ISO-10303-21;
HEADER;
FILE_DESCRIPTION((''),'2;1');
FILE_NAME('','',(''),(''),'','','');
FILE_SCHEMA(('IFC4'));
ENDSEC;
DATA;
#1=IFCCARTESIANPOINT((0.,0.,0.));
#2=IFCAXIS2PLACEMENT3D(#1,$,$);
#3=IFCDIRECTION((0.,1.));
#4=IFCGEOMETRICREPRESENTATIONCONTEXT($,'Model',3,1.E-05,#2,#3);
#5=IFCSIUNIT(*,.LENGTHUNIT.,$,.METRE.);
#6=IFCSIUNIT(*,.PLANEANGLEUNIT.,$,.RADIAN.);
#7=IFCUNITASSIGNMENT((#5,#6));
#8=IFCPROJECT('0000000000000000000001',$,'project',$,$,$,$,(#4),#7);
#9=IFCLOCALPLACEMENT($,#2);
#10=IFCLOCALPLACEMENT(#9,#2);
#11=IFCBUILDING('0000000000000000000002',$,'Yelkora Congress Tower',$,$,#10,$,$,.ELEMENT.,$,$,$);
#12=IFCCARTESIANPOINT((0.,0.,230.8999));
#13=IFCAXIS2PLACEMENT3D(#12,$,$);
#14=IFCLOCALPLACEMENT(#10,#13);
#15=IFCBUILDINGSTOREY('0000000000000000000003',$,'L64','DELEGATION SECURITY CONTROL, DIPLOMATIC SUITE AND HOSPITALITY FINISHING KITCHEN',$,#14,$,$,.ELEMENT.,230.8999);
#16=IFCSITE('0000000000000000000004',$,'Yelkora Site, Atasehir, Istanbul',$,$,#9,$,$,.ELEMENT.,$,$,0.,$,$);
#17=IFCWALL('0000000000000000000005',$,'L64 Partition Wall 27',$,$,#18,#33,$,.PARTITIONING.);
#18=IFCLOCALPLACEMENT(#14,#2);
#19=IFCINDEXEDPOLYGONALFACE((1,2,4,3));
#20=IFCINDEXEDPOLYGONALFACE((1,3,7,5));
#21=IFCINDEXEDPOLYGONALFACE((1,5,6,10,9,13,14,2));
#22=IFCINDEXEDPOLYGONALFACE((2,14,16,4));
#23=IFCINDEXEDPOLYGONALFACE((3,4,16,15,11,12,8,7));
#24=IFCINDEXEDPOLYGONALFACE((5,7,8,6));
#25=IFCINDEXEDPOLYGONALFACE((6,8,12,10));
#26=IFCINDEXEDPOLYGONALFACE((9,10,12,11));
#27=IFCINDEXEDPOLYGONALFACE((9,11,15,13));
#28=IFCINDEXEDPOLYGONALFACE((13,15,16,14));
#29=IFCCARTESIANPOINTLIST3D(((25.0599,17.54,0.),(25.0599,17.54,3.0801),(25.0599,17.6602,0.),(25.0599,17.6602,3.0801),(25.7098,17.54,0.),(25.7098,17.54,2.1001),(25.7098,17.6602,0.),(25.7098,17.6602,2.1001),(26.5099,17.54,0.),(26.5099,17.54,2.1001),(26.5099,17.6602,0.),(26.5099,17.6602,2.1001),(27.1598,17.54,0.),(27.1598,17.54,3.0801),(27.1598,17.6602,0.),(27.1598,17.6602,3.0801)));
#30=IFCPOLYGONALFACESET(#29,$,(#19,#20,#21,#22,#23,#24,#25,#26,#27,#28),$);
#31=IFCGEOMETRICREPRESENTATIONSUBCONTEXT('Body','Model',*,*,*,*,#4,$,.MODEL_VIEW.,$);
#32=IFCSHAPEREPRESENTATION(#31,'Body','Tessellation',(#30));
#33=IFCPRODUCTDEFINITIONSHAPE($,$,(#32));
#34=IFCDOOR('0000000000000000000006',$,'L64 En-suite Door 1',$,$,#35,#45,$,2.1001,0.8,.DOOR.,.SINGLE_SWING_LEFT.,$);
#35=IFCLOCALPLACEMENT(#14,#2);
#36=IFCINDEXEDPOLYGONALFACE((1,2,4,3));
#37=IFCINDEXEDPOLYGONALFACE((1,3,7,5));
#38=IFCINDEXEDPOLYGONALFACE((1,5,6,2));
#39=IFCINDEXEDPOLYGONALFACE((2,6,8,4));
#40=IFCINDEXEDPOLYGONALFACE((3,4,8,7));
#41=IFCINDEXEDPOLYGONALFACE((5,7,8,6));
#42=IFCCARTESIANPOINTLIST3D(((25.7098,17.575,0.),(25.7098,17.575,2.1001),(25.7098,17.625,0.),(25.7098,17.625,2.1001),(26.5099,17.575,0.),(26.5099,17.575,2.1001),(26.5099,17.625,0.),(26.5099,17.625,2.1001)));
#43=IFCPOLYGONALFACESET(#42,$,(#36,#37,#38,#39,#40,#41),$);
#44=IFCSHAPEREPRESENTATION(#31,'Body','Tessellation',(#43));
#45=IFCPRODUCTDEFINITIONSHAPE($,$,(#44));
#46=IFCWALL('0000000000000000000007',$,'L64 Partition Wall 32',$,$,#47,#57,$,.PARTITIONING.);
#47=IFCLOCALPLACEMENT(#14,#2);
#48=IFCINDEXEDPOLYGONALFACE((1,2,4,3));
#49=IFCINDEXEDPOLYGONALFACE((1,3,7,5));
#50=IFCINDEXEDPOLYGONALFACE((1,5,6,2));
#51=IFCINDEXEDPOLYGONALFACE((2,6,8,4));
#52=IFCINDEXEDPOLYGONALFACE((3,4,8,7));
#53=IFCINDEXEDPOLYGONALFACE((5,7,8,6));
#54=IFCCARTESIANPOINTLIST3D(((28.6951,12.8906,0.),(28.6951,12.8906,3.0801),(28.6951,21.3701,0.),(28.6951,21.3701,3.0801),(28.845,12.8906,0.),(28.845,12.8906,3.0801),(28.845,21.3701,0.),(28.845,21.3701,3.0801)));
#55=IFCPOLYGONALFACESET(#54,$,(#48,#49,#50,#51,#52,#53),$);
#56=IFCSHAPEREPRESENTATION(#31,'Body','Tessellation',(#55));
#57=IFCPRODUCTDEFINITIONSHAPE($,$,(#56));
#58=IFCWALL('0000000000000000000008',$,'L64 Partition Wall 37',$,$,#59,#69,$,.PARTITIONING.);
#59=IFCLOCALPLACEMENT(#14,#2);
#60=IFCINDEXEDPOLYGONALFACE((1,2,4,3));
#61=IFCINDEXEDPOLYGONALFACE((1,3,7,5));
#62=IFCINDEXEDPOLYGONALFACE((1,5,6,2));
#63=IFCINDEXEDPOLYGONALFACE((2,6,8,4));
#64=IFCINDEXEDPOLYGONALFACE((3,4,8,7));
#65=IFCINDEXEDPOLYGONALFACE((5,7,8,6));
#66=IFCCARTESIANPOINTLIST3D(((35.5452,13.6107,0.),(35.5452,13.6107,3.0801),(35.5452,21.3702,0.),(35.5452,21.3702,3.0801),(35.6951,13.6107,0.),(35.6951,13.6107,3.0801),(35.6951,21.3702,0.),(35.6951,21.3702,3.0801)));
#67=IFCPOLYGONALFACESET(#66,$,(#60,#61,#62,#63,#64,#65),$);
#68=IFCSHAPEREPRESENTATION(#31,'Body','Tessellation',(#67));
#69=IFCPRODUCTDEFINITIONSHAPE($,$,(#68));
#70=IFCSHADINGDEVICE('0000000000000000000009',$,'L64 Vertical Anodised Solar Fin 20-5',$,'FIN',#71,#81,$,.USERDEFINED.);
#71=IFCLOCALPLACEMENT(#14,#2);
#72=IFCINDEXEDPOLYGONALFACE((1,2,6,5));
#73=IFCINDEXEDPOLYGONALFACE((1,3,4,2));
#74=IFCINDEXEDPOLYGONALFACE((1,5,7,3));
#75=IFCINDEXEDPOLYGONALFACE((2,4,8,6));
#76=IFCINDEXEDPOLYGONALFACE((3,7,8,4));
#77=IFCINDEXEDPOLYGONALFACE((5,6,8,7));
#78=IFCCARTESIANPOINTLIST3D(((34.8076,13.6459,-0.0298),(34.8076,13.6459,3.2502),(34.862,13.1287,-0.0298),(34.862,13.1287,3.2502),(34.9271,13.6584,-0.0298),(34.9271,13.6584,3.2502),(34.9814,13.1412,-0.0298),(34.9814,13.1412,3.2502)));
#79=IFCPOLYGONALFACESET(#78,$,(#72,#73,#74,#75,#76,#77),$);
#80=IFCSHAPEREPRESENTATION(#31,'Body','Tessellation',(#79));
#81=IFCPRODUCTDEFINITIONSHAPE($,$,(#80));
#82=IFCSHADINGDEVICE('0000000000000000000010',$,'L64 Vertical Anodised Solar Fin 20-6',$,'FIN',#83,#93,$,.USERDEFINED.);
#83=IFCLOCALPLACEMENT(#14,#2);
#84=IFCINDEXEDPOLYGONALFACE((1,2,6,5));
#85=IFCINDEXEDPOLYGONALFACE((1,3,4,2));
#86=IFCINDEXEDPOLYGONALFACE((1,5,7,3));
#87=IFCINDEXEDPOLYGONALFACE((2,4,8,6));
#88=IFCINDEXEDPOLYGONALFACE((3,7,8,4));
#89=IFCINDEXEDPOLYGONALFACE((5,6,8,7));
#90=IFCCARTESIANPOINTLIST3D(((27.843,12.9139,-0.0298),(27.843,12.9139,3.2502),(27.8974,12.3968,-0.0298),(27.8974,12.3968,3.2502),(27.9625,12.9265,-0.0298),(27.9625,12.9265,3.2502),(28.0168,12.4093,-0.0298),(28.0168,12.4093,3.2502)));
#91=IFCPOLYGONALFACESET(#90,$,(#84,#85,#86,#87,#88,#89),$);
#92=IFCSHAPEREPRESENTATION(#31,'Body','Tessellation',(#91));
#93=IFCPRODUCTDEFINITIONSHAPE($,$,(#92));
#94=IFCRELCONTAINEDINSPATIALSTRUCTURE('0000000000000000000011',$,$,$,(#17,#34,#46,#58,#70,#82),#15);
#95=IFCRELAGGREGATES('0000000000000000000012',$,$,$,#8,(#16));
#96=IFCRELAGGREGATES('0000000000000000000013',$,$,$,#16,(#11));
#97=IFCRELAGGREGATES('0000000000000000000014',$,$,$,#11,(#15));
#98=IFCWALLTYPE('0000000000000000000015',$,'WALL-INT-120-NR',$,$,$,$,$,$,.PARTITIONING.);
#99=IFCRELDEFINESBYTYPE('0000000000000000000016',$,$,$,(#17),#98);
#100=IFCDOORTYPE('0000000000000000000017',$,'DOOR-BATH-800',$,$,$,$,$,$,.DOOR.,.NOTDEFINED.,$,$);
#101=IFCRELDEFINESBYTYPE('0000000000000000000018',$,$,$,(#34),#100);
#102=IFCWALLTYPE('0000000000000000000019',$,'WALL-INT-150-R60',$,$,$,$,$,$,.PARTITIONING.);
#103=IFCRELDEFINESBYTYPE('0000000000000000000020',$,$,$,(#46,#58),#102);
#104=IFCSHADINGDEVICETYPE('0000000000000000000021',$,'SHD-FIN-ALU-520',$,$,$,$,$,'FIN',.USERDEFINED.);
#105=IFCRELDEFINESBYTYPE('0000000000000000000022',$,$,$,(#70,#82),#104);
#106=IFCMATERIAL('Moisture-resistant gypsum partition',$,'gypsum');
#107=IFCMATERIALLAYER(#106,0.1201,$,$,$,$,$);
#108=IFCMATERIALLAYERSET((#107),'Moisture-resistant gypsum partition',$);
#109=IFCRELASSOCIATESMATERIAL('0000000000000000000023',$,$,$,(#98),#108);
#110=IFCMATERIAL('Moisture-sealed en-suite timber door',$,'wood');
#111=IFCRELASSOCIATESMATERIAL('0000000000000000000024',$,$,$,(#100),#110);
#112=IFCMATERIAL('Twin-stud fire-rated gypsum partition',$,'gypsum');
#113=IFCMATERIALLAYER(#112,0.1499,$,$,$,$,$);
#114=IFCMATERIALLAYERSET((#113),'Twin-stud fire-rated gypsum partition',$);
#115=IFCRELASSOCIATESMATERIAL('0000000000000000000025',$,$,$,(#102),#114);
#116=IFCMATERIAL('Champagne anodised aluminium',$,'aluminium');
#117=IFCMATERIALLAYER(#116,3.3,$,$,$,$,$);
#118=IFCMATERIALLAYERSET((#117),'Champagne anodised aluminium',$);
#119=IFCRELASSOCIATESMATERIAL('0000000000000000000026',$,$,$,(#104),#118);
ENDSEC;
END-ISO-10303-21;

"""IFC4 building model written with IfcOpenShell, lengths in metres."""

from ifc_helpers import new_model, si_unit, direction, frame, frame_2d, origin, origin_2d, place, context, subcontext, project, spatial, rectangle, extrude, material, layer, layer_set, type_object, element, fill, save


model = new_model("IFC4")

# Units and contexts
model_context = context("Model", 3, precision=1e-05, world=origin(), true_north=direction((0.0, 1.0)))
body_context = subcontext(model_context, "Body", "Model", "MODEL_VIEW")
ifc_project = project(units=[si_unit("LENGTHUNIT", "METRE"), si_unit("PLANEANGLEUNIT", "RADIAN")], contexts=[model_context])

# Site, building, storey
site_placement = place(None, origin())
site = spatial("IfcSite", under=ifc_project, at=site_placement, Name="Yelkora Site, Atasehir, Istanbul", CompositionType="ELEMENT", RefElevation=0.0)
building_placement = place(site_placement, origin())
building = spatial("IfcBuilding", under=site, at=building_placement, Name="Yelkora Congress Tower", CompositionType="ELEMENT")
storey_placement = place(building_placement, frame((0.0, 0.0, 230.8999)))
storey = spatial("IfcBuildingStorey", under=building, at=storey_placement, Name="L64", Description="DELEGATION SECURITY CONTROL, DIPLOMATIC SUITE AND HOSPITALITY FINISHING KITCHEN", CompositionType="ELEMENT", Elevation=230.8999)

# Shared definitions
ifc_material_1 = material(Name="Moisture-resistant gypsum partition", Category="gypsum")
ifc_layer_1 = layer(ifc_material_1, 0.1201)
ifc_layer_set_1 = layer_set([ifc_layer_1], Name="Moisture-resistant gypsum partition")
wall_type_1 = type_object("IfcWallType", Name="WALL-INT-120-NR", PredefinedType="PARTITIONING", material=ifc_layer_set_1)

# Wall, opening, door
wall_1_placement = place(storey_placement, frame((25.0601, 17.6001, 0.0), z_axis=(0.0, 0.0, 1.0), x_axis=(1.0, 0.0, 0.0)))
wall_1 = element("IfcWall", 1, at=wall_1_placement, inside=storey, type_object=wall_type_1, Name="L64 Partition Wall 27", PredefinedType="PARTITIONING", context=body_context, shape_type="SweptSolid", body=[
    extrude(rectangle(XDim=2.0999, YDim=0.1201, at=frame_2d((1.0498, 0.0))), origin(), (0.0, 0.0, 1.0), 3.0801),
])
opening_placement = place(wall_1_placement, frame((0.6499, 0.0, 0.0)))
opening = element("IfcOpeningElement", 2, at=opening_placement, cuts=wall_1, PredefinedType="OPENING", context=body_context, shape_type="SweptSolid", body=[
    extrude(rectangle(XDim=0.8, YDim=2.1001, at=frame_2d((0.3999, 1.05))), frame((0.0, 0.0701, 0.0), z_axis=(0.0, -1.0, 0.0), x_axis=(1.0, 0.0, 0.0)), (0.0, 0.0, 1.0), 0.1401),
])
ifc_material_2 = material(Name="Moisture-sealed en-suite timber door", Category="wood")
door_type = type_object("IfcDoorType", Name="DOOR-BATH-800", OperationType="NOTDEFINED", PredefinedType="DOOR", material=ifc_material_2)
door_placement = place(opening_placement, origin())
door = element("IfcDoor", 3, at=door_placement, inside=storey, type_object=door_type, Name="L64 En-suite Door 1", OperationType="SINGLE_SWING_LEFT", OverallHeight=2.1001, OverallWidth=0.8, PredefinedType="DOOR", context=body_context, shape_type="SweptSolid", body=[
    extrude(rectangle(XDim=0.8, YDim=2.1001, at=frame_2d((0.3999, 1.05))), frame((0.0, 0.0249, 0.0), z_axis=(0.0, -1.0, 0.0), x_axis=(1.0, 0.0, 0.0)), (0.0, 0.0, 1.0), 0.05),
])
fill(opening, door)

# Walls
ifc_material_3 = material(Name="Twin-stud fire-rated gypsum partition", Category="gypsum")
ifc_layer_2 = layer(ifc_material_3, 0.1499)
ifc_layer_set_2 = layer_set([ifc_layer_2], Name="Twin-stud fire-rated gypsum partition")
wall_type_2 = type_object("IfcWallType", Name="WALL-INT-150-R60", PredefinedType="PARTITIONING", material=ifc_layer_set_2)
wall_2_placement = place(storey_placement, frame((28.77, 12.8906, 0.0), z_axis=(0.0, 0.0, 1.0), x_axis=(0.0, 1.0, 0.0)))
element("IfcWall", 4, at=wall_2_placement, inside=storey, type_object=wall_type_2, Name="L64 Partition Wall 32", PredefinedType="PARTITIONING", context=body_context, shape_type="SweptSolid", body=[
    extrude(rectangle(XDim=8.4795, YDim=0.1499, at=frame_2d((4.2397, 0.0))), origin(), (0.0, 0.0, 1.0), 3.0801),
])
wall_3_placement = place(storey_placement, frame((35.6201, 13.6106, 0.0), z_axis=(0.0, 0.0, 1.0), x_axis=(0.0, 1.0, 0.0)))
element("IfcWall", 5, at=wall_3_placement, inside=storey, type_object=wall_type_2, Name="L64 Partition Wall 37", PredefinedType="PARTITIONING", context=body_context, shape_type="SweptSolid", body=[
    extrude(rectangle(XDim=7.7595, YDim=0.1499, at=frame_2d((3.8799, 0.0))), origin(), (0.0, 0.0, 1.0), 3.0801),
])

# Shading devices
ifc_material_4 = material(Name="Champagne anodised aluminium", Category="aluminium")
ifc_layer_3 = layer(ifc_material_4, 3.3)
ifc_layer_set_3 = layer_set([ifc_layer_3], Name="Champagne anodised aluminium")
shading_device_type = type_object("IfcShadingDeviceType", Name="SHD-FIN-ALU-520", ElementType="FIN", PredefinedType="USERDEFINED", material=ifc_layer_set_3)
for number, where, z_axis, x_axis, name in (
    (6, (34.8945, 13.3936, -0.0298), (0.0, 0.0, 1.0), (-0.994522, -0.104528, 0.0), "L64 Vertical Anodised Solar Fin 20-5"),
    (7, (27.9299, 12.6616, -0.0298), (0.0, 0.0, 1.0), (-0.994522, -0.104528, 0.0), "L64 Vertical Anodised Solar Fin 20-6"),
):
    element("IfcShadingDevice", number, at=place(storey_placement, frame(where, z_axis=z_axis, x_axis=x_axis)), inside=storey, type_object=shading_device_type, Name=name, ObjectType="FIN", PredefinedType="USERDEFINED", context=body_context, shape_type="SweptSolid", body=[
        extrude(rectangle(XDim=0.1201, YDim=0.52, at=origin_2d()), origin(), (0.0, 0.0, 1.0), 3.28),
    ])

save(model, "model.ifc")
